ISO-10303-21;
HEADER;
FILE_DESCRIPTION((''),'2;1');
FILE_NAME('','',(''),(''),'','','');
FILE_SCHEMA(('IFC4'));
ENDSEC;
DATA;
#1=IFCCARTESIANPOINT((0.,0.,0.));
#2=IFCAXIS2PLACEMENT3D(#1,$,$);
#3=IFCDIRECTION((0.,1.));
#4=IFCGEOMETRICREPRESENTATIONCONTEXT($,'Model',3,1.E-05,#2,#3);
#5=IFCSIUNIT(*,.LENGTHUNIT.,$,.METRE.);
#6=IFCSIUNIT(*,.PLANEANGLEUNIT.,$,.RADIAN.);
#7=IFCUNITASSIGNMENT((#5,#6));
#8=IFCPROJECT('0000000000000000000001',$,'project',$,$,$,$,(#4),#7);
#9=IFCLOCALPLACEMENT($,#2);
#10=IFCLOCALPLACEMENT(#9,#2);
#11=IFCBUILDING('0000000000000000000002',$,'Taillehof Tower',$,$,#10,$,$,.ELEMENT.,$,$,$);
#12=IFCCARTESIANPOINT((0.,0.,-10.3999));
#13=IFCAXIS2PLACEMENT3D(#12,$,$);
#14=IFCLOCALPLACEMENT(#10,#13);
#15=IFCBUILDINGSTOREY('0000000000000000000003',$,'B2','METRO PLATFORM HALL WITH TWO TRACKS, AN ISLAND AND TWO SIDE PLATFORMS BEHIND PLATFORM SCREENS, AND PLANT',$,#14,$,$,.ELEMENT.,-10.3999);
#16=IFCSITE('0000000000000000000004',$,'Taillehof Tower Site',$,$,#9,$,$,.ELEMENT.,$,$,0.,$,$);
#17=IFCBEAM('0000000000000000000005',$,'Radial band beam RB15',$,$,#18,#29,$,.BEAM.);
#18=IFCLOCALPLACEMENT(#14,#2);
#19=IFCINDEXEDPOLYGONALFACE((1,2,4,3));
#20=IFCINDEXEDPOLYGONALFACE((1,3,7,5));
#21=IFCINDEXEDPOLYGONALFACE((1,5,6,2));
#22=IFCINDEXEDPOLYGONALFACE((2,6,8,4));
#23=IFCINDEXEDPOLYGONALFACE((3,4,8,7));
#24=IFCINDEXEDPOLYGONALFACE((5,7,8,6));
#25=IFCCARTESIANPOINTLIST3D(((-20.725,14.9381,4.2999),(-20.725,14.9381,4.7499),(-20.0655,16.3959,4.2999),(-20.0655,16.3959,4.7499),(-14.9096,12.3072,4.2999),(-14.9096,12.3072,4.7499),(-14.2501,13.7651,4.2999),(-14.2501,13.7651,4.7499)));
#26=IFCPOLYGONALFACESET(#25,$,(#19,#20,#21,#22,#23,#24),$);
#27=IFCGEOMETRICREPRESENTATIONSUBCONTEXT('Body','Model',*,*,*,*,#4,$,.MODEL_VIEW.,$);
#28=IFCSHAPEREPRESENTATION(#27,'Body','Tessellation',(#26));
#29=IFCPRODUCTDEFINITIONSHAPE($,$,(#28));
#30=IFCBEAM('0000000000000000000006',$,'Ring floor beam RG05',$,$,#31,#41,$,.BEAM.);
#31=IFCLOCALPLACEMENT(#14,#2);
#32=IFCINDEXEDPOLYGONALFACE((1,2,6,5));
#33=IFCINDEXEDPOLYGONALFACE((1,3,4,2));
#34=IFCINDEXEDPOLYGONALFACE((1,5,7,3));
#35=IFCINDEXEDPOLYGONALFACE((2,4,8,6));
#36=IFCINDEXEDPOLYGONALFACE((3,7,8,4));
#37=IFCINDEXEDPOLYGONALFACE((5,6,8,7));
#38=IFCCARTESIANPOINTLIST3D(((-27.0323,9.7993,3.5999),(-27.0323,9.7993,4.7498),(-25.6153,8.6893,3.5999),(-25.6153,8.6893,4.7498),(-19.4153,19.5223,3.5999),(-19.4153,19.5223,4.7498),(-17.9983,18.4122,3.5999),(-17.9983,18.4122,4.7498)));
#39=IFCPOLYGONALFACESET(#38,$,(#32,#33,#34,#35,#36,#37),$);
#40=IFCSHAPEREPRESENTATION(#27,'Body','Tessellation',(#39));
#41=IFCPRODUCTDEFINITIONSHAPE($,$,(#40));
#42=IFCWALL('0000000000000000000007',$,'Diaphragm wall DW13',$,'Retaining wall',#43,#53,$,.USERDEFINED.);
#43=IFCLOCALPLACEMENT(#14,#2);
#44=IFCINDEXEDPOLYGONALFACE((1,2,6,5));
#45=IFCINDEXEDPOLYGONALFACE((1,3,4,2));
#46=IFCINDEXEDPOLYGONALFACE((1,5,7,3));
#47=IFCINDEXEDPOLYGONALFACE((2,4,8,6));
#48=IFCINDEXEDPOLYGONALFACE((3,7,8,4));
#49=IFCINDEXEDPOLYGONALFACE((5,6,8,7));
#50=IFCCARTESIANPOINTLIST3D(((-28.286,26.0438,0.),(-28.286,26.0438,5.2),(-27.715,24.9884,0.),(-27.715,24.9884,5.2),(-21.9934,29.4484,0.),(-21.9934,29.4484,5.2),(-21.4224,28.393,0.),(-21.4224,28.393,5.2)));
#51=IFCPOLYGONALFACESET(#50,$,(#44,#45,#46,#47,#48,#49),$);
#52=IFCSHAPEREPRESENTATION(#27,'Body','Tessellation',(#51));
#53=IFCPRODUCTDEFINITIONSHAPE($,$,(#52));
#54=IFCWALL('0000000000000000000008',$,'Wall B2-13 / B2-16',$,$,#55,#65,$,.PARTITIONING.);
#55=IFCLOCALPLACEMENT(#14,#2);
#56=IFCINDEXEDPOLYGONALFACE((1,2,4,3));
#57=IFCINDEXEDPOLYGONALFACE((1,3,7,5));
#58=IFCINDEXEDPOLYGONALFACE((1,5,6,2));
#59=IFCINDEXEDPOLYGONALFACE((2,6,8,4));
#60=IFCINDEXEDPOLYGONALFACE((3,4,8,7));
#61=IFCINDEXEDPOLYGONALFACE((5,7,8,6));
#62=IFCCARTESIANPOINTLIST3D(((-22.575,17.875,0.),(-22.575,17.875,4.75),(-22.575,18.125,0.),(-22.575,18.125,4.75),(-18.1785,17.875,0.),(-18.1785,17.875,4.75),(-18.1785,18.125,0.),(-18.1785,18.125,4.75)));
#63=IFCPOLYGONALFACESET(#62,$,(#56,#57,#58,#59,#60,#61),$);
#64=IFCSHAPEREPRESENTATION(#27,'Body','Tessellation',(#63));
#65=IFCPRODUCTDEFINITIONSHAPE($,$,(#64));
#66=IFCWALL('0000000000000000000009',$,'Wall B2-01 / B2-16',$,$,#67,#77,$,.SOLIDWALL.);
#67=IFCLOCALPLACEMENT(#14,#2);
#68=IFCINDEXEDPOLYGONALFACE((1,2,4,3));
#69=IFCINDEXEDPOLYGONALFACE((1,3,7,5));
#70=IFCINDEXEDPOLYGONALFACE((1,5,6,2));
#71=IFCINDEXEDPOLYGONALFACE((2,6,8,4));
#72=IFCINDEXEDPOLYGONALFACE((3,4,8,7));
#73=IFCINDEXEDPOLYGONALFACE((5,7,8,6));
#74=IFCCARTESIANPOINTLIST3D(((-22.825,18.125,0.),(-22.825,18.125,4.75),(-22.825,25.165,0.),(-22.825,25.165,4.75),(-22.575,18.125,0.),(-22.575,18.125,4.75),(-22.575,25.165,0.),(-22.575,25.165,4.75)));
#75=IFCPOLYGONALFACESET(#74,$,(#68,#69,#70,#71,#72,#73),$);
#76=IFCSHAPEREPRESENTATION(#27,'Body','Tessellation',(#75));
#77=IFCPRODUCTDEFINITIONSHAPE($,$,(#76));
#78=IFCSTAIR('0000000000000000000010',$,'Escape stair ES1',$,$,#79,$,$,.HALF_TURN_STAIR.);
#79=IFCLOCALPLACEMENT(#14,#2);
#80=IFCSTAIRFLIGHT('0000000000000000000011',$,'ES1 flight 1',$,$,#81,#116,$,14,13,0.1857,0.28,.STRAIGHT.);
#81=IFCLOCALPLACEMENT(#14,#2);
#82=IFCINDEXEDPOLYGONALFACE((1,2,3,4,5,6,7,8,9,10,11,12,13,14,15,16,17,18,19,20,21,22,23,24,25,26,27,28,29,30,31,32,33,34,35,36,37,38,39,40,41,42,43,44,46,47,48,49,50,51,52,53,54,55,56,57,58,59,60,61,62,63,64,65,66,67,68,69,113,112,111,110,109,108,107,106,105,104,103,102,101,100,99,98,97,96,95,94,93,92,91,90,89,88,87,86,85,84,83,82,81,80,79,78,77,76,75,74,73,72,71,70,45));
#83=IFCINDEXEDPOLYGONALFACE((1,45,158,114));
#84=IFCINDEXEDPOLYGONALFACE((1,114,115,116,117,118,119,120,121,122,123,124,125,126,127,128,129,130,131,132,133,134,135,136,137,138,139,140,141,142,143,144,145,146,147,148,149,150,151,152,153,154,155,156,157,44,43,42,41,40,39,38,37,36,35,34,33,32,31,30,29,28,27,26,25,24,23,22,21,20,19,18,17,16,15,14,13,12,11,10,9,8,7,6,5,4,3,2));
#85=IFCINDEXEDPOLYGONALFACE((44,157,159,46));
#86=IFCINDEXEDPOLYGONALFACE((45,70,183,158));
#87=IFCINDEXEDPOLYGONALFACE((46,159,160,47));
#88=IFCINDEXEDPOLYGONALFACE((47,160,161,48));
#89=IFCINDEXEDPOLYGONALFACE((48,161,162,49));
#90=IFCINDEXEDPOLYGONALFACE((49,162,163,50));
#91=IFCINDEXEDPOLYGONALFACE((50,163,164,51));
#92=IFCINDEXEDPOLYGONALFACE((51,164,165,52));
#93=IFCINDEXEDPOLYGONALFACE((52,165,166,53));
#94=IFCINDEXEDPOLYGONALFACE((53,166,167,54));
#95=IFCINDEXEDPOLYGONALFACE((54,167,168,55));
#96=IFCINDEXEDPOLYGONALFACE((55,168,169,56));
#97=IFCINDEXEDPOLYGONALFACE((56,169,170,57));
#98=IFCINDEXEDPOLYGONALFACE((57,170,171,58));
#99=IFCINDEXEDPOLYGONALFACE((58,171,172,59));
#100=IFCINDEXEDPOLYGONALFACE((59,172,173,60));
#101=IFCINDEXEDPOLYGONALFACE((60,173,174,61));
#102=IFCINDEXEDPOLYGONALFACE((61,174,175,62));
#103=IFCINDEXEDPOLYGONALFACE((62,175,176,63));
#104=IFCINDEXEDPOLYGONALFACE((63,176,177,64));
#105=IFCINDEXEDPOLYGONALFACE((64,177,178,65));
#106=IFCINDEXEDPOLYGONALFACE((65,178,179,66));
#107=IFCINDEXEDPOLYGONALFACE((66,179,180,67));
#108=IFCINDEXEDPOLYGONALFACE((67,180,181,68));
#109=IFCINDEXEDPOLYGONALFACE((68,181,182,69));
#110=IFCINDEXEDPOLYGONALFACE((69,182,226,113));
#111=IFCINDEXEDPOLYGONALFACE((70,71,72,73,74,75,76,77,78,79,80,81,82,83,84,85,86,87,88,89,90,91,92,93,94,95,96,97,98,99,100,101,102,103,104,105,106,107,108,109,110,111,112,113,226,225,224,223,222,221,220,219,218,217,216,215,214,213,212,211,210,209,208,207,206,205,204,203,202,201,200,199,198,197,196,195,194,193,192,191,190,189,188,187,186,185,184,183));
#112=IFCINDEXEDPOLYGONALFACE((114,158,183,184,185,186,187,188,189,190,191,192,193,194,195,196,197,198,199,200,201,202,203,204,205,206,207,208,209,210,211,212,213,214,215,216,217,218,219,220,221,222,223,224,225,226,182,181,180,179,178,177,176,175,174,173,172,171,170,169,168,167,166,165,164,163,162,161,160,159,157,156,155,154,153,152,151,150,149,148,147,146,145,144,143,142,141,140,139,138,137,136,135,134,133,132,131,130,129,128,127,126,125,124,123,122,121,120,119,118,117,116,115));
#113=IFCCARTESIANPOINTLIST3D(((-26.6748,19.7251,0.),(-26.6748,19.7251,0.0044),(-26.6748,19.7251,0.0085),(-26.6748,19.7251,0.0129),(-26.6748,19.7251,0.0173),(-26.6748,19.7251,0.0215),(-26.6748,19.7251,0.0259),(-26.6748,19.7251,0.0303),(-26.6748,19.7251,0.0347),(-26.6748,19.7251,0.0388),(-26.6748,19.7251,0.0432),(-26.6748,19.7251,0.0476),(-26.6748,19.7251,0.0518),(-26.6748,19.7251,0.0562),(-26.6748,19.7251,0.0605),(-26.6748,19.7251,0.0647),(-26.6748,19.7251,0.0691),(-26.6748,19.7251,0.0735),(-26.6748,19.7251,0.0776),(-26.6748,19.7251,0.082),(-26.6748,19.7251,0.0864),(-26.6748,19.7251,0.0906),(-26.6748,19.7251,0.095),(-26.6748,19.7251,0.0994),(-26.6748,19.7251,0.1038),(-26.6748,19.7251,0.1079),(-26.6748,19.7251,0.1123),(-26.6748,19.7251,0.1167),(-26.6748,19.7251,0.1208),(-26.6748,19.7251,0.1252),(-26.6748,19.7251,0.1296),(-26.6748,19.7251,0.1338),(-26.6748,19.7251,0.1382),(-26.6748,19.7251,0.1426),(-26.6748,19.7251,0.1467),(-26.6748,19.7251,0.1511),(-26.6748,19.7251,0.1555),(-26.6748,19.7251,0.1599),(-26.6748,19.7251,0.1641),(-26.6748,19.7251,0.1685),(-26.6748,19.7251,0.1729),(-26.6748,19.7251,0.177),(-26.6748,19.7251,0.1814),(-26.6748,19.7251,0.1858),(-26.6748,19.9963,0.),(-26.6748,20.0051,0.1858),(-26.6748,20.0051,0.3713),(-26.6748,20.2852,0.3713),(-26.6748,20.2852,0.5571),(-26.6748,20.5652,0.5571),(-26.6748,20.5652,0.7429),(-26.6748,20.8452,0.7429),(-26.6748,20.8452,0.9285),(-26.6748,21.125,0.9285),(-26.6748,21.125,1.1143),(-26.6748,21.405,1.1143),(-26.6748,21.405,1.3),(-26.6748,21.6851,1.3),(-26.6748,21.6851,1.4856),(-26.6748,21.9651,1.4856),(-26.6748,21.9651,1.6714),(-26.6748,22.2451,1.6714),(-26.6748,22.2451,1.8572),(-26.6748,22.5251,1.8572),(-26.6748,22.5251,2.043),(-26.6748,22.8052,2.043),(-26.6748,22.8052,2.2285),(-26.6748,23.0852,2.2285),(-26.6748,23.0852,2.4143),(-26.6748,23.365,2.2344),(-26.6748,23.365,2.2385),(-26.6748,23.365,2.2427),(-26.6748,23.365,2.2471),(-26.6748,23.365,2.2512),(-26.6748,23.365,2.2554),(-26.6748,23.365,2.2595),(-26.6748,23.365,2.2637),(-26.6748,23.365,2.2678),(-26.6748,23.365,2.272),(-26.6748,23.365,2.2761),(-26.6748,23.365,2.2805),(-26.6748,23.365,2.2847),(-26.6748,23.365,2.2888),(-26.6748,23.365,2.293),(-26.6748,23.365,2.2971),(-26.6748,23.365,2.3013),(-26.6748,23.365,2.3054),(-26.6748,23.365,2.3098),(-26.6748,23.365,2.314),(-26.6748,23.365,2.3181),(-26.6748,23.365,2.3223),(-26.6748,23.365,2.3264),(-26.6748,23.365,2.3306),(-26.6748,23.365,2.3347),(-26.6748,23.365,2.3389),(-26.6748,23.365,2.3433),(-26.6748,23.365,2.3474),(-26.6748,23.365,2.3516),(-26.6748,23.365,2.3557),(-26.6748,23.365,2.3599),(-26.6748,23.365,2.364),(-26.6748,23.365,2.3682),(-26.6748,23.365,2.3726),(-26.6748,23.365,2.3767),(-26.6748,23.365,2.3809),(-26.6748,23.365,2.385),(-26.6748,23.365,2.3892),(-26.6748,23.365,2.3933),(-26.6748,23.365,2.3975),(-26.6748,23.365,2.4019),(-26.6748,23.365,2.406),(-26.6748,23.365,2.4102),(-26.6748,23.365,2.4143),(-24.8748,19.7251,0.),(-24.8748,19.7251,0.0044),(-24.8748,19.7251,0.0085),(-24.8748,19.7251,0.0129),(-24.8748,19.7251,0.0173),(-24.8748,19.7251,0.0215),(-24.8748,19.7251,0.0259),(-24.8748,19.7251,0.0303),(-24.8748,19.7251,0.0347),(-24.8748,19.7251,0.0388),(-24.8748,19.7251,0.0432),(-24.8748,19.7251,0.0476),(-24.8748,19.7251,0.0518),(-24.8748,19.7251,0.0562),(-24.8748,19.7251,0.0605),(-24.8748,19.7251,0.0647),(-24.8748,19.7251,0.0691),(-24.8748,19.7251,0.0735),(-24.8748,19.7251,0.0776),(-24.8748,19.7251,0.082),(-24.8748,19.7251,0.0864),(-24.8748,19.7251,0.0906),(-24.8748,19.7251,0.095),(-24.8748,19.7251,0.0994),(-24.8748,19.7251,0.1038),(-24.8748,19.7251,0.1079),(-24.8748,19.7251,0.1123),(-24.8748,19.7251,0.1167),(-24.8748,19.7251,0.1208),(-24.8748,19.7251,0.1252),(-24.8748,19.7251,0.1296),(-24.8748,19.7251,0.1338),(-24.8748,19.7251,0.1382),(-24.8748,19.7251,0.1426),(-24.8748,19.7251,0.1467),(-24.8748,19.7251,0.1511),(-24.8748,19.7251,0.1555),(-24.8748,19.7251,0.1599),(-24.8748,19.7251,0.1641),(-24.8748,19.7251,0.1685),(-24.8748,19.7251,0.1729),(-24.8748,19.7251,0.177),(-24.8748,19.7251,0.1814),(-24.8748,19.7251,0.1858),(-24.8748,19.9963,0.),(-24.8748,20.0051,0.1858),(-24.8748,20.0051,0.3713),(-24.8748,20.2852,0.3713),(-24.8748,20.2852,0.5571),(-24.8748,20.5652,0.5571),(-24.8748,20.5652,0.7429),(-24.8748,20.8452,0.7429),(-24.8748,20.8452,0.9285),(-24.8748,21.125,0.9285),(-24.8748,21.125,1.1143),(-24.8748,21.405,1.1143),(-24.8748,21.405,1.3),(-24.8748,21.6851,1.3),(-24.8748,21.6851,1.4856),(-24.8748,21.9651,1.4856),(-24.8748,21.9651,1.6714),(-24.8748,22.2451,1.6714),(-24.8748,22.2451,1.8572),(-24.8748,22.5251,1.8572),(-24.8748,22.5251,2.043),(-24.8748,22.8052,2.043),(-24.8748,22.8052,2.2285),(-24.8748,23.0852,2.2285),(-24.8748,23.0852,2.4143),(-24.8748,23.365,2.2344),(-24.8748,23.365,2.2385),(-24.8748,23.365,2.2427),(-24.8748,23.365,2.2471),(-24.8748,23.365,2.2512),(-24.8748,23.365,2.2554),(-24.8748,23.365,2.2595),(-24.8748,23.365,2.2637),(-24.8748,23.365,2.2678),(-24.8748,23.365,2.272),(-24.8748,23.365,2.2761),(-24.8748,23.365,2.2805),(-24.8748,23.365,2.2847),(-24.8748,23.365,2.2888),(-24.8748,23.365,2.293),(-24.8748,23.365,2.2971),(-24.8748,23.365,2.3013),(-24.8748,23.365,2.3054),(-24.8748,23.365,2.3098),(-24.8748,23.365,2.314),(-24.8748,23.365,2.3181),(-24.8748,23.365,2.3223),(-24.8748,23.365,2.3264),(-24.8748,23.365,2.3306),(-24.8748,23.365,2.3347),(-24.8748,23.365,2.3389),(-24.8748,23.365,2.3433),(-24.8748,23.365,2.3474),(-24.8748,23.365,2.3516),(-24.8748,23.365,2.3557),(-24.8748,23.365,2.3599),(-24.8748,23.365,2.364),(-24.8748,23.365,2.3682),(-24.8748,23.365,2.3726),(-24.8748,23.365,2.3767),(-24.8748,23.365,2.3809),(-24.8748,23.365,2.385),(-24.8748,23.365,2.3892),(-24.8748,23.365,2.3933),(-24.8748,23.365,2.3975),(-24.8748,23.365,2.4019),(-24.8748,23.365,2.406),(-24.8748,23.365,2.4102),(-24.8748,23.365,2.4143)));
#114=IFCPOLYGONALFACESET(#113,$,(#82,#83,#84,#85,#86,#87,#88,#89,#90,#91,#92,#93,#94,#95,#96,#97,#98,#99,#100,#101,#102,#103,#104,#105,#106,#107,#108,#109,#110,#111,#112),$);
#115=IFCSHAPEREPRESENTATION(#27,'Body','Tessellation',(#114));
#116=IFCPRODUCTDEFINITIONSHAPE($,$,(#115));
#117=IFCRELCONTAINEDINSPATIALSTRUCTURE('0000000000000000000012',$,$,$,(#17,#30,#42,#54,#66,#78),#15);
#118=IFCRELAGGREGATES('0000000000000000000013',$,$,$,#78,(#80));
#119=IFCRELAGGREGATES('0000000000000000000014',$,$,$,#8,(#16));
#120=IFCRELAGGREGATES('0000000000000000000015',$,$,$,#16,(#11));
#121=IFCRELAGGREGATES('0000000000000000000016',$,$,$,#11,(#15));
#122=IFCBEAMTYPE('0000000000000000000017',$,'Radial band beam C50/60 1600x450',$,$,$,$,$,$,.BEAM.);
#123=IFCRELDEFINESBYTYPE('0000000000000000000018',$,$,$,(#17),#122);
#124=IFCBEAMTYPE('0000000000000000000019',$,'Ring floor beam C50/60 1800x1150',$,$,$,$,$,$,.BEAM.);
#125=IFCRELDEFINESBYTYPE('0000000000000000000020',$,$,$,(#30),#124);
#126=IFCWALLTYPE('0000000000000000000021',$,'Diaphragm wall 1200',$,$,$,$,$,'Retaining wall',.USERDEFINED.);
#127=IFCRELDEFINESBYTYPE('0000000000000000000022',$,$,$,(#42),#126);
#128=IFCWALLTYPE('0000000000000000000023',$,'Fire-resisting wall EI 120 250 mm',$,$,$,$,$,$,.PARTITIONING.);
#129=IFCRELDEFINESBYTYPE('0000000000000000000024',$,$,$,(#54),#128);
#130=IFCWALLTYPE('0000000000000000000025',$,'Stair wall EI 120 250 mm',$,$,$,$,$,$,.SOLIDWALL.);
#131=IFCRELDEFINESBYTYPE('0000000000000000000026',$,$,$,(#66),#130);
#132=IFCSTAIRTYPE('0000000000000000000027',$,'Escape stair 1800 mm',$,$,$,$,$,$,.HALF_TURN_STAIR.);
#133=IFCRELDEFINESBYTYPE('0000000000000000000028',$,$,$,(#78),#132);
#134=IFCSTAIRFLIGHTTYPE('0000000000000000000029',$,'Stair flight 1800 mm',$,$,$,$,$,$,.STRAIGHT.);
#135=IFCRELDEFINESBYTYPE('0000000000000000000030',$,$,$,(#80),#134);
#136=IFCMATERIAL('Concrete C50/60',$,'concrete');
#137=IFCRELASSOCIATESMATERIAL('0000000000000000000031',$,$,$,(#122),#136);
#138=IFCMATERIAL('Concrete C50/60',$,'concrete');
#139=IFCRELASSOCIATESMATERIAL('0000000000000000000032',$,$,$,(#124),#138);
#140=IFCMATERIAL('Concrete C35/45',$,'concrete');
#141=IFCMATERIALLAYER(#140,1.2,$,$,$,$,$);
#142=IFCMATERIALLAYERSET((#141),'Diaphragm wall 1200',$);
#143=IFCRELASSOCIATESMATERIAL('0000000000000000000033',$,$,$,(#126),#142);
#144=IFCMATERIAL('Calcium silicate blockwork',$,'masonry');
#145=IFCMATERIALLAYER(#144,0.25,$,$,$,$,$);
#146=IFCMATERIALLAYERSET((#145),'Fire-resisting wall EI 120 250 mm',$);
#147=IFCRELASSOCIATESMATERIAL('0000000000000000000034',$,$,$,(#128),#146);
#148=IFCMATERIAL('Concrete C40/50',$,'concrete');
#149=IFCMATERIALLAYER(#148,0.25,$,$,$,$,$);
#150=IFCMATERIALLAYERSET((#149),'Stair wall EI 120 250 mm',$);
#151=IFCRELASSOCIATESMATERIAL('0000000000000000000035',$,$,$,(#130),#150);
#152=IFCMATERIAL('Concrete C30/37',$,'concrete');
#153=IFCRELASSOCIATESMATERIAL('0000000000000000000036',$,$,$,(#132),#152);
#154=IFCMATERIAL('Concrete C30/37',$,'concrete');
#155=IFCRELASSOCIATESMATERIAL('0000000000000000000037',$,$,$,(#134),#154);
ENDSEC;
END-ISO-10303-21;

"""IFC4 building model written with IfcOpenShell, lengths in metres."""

from ifc_helpers import new_model, si_unit, direction, frame, frame_2d, origin, origin_2d, place, context, subcontext, project, spatial, polyline, rectangle, outline, extrude, material, layer, layer_set, material_profile, profile_set, type_object, element, aggregate, save


model = new_model("IFC4")

# Units and contexts
model_context = context("Model", 3, precision=1e-05, world=origin(), true_north=direction((0.0, 1.0)))
body_context = subcontext(model_context, "Body", "Model", "MODEL_VIEW")
ifc_project = project(units=[si_unit("LENGTHUNIT", "METRE"), si_unit("PLANEANGLEUNIT", "RADIAN")], contexts=[model_context])

# Site, building, storey
site_placement = place(None, origin())
site = spatial("IfcSite", under=ifc_project, at=site_placement, Name="Taillehof Tower Site", CompositionType="ELEMENT", RefElevation=0.0)
building_placement = place(site_placement, origin())
building = spatial("IfcBuilding", under=site, at=building_placement, Name="Taillehof Tower", CompositionType="ELEMENT")
storey_placement = place(building_placement, frame((0.0, 0.0, -10.3999)))
storey = spatial("IfcBuildingStorey", under=building, at=storey_placement, Name="B2", Description="METRO PLATFORM HALL WITH TWO TRACKS, AN ISLAND AND TWO SIDE PLATFORMS BEHIND PLATFORM SCREENS, AND PLANT", CompositionType="ELEMENT", Elevation=-10.3999)

# Beams
ifc_material_1 = material(Name="Concrete C50/60", Category="concrete")
ifc_material_profile_1 = material_profile(ifc_material_1, rectangle(XDim=1.6001, YDim=0.45, at=origin_2d()), Name="RC 1600x450")
ifc_profile_set_1 = profile_set([ifc_material_profile_1], Name="Concrete C50/60")
beam_type_1 = type_object("IfcBeamType", Name="Radial band beam C50/60 1600x450", PredefinedType="BEAM", material=ifc_profile_set_1)
beam_1_placement = place(storey_placement, frame((-20.3953, 15.667, 4.5249), z_axis=(0.911104, -0.412177, 0.0), x_axis=(0.412177, 0.911104, 0.0)))
element("IfcBeam", 1, at=beam_1_placement, inside=storey, type_object=beam_type_1, Name="Radial band beam RB15", PredefinedType="BEAM", context=body_context, shape_type="SweptSolid", body=[
    extrude(rectangle(XDim=1.6001, YDim=0.45, at=origin_2d()), origin(), (0.0, 0.0, 1.0), 6.3828),
])
ifc_material_2 = material(Name="Concrete C50/60", Category="concrete")
ifc_material_profile_2 = material_profile(ifc_material_2, rectangle(XDim=1.8, YDim=1.1499, at=origin_2d()), Name="RC 1800x1150")
ifc_profile_set_2 = profile_set([ifc_material_profile_2], Name="Concrete C50/60")
beam_type_2 = type_object("IfcBeamType", Name="Ring floor beam C50/60 1800x1150", PredefinedType="BEAM", material=ifc_profile_set_2)
beam_2_placement = place(storey_placement, frame((-18.7068, 18.9673, 4.1748), z_axis=(-0.616696, -0.787202, 0.0), x_axis=(0.787202, -0.616696, 0.0)))
element("IfcBeam", 2, at=beam_2_placement, inside=storey, type_object=beam_type_2, Name="Ring floor beam RG05", PredefinedType="BEAM", context=body_context, shape_type="SweptSolid", body=[
    extrude(rectangle(XDim=1.8, YDim=1.1499, at=origin_2d()), origin(), (0.0, 0.0, 1.0), 12.3513),
])

# Walls
ifc_material_3 = material(Name="Concrete C35/45", Category="concrete")
ifc_layer_1 = layer(ifc_material_3, 1.2)
ifc_layer_set_1 = layer_set([ifc_layer_1], Name="Diaphragm wall 1200")
wall_type_1 = type_object("IfcWallType", Name="Diaphragm wall 1200", ElementType="Retaining wall", PredefinedType="USERDEFINED", material=ifc_layer_set_1)
wall_1_placement = place(storey_placement, frame((-21.708, 28.9207, 0.0), z_axis=(0.0, 0.0, 1.0), x_axis=(-0.879519, -0.475863, 0.0)))
element("IfcWall", 3, at=wall_1_placement, inside=storey, type_object=wall_type_1, Name="Diaphragm wall DW13", ObjectType="Retaining wall", PredefinedType="USERDEFINED", context=body_context, shape_type="SweptSolid", body=[
    extrude(rectangle(XDim=7.1545, YDim=1.2, at=frame_2d((3.5771, 0.0))), origin(), (0.0, 0.0, 1.0), 5.2),
])
ifc_material_4 = material(Name="Calcium silicate blockwork", Category="masonry")
ifc_layer_2 = layer(ifc_material_4, 0.25)
ifc_layer_set_2 = layer_set([ifc_layer_2], Name="Fire-resisting wall EI 120 250 mm")
wall_type_2 = type_object("IfcWallType", Name="Fire-resisting wall EI 120 250 mm", PredefinedType="PARTITIONING", material=ifc_layer_set_2)
wall_2_placement = place(storey_placement, frame((-22.575, 18.0, 0.0), z_axis=(0.0, 0.0, 1.0), x_axis=(1.0, 0.0, 0.0)))
element("IfcWall", 4, at=wall_2_placement, inside=storey, type_object=wall_type_2, Name="Wall B2-13 / B2-16", PredefinedType="PARTITIONING", context=body_context, shape_type="SweptSolid", body=[
    extrude(rectangle(XDim=4.3965, YDim=0.25, at=frame_2d((2.1982, 0.0))), origin(), (0.0, 0.0, 1.0), 4.75),
])
ifc_material_5 = material(Name="Concrete C40/50", Category="concrete")
ifc_layer_3 = layer(ifc_material_5, 0.25)
ifc_layer_set_3 = layer_set([ifc_layer_3], Name="Stair wall EI 120 250 mm")
wall_type_3 = type_object("IfcWallType", Name="Stair wall EI 120 250 mm", PredefinedType="SOLIDWALL", material=ifc_layer_set_3)
wall_3_placement = place(storey_placement, frame((-22.7, 18.125, 0.0), z_axis=(0.0, 0.0, 1.0), x_axis=(0.0, 1.0, 0.0)))
element("IfcWall", 5, at=wall_3_placement, inside=storey, type_object=wall_type_3, Name="Wall B2-01 / B2-16", PredefinedType="SOLIDWALL", context=body_context, shape_type="SweptSolid", body=[
    extrude(rectangle(XDim=7.04, YDim=0.25, at=frame_2d((3.52, 0.0))), origin(), (0.0, 0.0, 1.0), 4.75),
])

# Stair, stair flight
ifc_material_6 = material(Name="Concrete C30/37", Category="concrete")
stair_type = type_object("IfcStairType", Name="Escape stair 1800 mm", PredefinedType="HALF_TURN_STAIR", material=ifc_material_6)
stair_placement = place(storey_placement, origin())
stair = element("IfcStair", 6, at=stair_placement, inside=storey, type_object=stair_type, Name="Escape stair ES1", PredefinedType="HALF_TURN_STAIR")
ifc_material_7 = material(Name="Concrete C30/37", Category="concrete")
stair_flight_type = type_object("IfcStairFlightType", Name="Stair flight 1800 mm", PredefinedType="STRAIGHT", material=ifc_material_7)
stair_flight_1_placement = place(storey_placement, frame((-25.7749, 19.7251, 0.0), z_axis=(0.0, 0.0, 1.0), x_axis=(0.0, 1.0, 0.0)))
stair_flight_1 = element("IfcStairFlight", 7, at=stair_flight_1_placement, type_object=stair_flight_type, Name="ES1 flight 1", NumberOfRisers=14, NumberOfTreads=13, PredefinedType="STRAIGHT", RiserHeight=0.1857, TreadLength=0.28, context=body_context, shape_type="SweptSolid", body=[
    extrude(outline(polyline([(0.0, 0.0), (0.0, 0.0044), (0.0, 0.0085), (0.0, 0.0129), (0.0, 0.0173), (0.0, 0.0215), (0.0, 0.0259), (0.0, 0.0303), (0.0, 0.0347), (0.0, 0.0388), (0.0, 0.0432), (0.0, 0.0476), (0.0, 0.0518), (0.0, 0.0562), (0.0, 0.0605), (0.0, 0.0647), (0.0, 0.0691), (0.0, 0.0735), (0.0, 0.0776), (0.0, 0.082), (0.0, 0.0864), (0.0, 0.0906), (0.0, 0.095), (0.0, 0.0994), (0.0, 0.1038), (0.0, 0.1079), (0.0, 0.1123), (0.0, 0.1167), (0.0, 0.1208), (0.0, 0.1252), (0.0, 0.1296), (0.0, 0.1338), (0.0, 0.1382), (0.0, 0.1426), (0.0, 0.1467), (0.0, 0.1511), (0.0, 0.1555), (0.0, 0.1599), (0.0, 0.1641), (0.0, 0.1685), (0.0, 0.1729), (0.0, 0.177), (0.0, 0.1814), (0.0, 0.1858), (0.28, 0.1858), (0.28, 0.3713), (0.5601, 0.3713), (0.5601, 0.5571), (0.8401, 0.5571), (0.8401, 0.7429), (1.1201, 0.7429), (1.1201, 0.9285), (1.3999, 0.9285), (1.3999, 1.1143), (1.6799, 1.1143), (1.6799, 1.3), (1.96, 1.3), (1.96, 1.4856), (2.24, 1.4856), (2.24, 1.6714), (2.52, 1.6714), (2.52, 1.8572), (2.8, 1.8572), (2.8, 2.043), (3.0801, 2.043), (3.0801, 2.2285), (3.3601, 2.2285), (3.3601, 2.4143), (3.6399, 2.4143), (3.6399, 2.4102), (3.6399, 2.406), (3.6399, 2.4019), (3.6399, 2.3975), (3.6399, 2.3933), (3.6399, 2.3892), (3.6399, 2.385), (3.6399, 2.3809), (3.6399, 2.3767), (3.6399, 2.3726), (3.6399, 2.3682), (3.6399, 2.364), (3.6399, 2.3599), (3.6399, 2.3557), (3.6399, 2.3516), (3.6399, 2.3474), (3.6399, 2.3433), (3.6399, 2.3389), (3.6399, 2.3347), (3.6399, 2.3306), (3.6399, 2.3264), (3.6399, 2.3223), (3.6399, 2.3181), (3.6399, 2.314), (3.6399, 2.3098), (3.6399, 2.3054), (3.6399, 2.3013), (3.6399, 2.2971), (3.6399, 2.293), (3.6399, 2.2888), (3.6399, 2.2847), (3.6399, 2.2805), (3.6399, 2.2761), (3.6399, 2.272), (3.6399, 2.2678), (3.6399, 2.2637), (3.6399, 2.2595), (3.6399, 2.2554), (3.6399, 2.2512), (3.6399, 2.2471), (3.6399, 2.2427), (3.6399, 2.2385), (3.6399, 2.2344), (0.2712, 0.0), (0.0, 0.0)])), frame((0.0, 0.8999, 0.0), z_axis=(0.0, -1.0, 0.0), x_axis=(1.0, 0.0, 0.0)), (0.0, 0.0, 1.0), 1.8),
])
aggregate(stair, [stair_flight_1])

save(model, "model.ifc")
